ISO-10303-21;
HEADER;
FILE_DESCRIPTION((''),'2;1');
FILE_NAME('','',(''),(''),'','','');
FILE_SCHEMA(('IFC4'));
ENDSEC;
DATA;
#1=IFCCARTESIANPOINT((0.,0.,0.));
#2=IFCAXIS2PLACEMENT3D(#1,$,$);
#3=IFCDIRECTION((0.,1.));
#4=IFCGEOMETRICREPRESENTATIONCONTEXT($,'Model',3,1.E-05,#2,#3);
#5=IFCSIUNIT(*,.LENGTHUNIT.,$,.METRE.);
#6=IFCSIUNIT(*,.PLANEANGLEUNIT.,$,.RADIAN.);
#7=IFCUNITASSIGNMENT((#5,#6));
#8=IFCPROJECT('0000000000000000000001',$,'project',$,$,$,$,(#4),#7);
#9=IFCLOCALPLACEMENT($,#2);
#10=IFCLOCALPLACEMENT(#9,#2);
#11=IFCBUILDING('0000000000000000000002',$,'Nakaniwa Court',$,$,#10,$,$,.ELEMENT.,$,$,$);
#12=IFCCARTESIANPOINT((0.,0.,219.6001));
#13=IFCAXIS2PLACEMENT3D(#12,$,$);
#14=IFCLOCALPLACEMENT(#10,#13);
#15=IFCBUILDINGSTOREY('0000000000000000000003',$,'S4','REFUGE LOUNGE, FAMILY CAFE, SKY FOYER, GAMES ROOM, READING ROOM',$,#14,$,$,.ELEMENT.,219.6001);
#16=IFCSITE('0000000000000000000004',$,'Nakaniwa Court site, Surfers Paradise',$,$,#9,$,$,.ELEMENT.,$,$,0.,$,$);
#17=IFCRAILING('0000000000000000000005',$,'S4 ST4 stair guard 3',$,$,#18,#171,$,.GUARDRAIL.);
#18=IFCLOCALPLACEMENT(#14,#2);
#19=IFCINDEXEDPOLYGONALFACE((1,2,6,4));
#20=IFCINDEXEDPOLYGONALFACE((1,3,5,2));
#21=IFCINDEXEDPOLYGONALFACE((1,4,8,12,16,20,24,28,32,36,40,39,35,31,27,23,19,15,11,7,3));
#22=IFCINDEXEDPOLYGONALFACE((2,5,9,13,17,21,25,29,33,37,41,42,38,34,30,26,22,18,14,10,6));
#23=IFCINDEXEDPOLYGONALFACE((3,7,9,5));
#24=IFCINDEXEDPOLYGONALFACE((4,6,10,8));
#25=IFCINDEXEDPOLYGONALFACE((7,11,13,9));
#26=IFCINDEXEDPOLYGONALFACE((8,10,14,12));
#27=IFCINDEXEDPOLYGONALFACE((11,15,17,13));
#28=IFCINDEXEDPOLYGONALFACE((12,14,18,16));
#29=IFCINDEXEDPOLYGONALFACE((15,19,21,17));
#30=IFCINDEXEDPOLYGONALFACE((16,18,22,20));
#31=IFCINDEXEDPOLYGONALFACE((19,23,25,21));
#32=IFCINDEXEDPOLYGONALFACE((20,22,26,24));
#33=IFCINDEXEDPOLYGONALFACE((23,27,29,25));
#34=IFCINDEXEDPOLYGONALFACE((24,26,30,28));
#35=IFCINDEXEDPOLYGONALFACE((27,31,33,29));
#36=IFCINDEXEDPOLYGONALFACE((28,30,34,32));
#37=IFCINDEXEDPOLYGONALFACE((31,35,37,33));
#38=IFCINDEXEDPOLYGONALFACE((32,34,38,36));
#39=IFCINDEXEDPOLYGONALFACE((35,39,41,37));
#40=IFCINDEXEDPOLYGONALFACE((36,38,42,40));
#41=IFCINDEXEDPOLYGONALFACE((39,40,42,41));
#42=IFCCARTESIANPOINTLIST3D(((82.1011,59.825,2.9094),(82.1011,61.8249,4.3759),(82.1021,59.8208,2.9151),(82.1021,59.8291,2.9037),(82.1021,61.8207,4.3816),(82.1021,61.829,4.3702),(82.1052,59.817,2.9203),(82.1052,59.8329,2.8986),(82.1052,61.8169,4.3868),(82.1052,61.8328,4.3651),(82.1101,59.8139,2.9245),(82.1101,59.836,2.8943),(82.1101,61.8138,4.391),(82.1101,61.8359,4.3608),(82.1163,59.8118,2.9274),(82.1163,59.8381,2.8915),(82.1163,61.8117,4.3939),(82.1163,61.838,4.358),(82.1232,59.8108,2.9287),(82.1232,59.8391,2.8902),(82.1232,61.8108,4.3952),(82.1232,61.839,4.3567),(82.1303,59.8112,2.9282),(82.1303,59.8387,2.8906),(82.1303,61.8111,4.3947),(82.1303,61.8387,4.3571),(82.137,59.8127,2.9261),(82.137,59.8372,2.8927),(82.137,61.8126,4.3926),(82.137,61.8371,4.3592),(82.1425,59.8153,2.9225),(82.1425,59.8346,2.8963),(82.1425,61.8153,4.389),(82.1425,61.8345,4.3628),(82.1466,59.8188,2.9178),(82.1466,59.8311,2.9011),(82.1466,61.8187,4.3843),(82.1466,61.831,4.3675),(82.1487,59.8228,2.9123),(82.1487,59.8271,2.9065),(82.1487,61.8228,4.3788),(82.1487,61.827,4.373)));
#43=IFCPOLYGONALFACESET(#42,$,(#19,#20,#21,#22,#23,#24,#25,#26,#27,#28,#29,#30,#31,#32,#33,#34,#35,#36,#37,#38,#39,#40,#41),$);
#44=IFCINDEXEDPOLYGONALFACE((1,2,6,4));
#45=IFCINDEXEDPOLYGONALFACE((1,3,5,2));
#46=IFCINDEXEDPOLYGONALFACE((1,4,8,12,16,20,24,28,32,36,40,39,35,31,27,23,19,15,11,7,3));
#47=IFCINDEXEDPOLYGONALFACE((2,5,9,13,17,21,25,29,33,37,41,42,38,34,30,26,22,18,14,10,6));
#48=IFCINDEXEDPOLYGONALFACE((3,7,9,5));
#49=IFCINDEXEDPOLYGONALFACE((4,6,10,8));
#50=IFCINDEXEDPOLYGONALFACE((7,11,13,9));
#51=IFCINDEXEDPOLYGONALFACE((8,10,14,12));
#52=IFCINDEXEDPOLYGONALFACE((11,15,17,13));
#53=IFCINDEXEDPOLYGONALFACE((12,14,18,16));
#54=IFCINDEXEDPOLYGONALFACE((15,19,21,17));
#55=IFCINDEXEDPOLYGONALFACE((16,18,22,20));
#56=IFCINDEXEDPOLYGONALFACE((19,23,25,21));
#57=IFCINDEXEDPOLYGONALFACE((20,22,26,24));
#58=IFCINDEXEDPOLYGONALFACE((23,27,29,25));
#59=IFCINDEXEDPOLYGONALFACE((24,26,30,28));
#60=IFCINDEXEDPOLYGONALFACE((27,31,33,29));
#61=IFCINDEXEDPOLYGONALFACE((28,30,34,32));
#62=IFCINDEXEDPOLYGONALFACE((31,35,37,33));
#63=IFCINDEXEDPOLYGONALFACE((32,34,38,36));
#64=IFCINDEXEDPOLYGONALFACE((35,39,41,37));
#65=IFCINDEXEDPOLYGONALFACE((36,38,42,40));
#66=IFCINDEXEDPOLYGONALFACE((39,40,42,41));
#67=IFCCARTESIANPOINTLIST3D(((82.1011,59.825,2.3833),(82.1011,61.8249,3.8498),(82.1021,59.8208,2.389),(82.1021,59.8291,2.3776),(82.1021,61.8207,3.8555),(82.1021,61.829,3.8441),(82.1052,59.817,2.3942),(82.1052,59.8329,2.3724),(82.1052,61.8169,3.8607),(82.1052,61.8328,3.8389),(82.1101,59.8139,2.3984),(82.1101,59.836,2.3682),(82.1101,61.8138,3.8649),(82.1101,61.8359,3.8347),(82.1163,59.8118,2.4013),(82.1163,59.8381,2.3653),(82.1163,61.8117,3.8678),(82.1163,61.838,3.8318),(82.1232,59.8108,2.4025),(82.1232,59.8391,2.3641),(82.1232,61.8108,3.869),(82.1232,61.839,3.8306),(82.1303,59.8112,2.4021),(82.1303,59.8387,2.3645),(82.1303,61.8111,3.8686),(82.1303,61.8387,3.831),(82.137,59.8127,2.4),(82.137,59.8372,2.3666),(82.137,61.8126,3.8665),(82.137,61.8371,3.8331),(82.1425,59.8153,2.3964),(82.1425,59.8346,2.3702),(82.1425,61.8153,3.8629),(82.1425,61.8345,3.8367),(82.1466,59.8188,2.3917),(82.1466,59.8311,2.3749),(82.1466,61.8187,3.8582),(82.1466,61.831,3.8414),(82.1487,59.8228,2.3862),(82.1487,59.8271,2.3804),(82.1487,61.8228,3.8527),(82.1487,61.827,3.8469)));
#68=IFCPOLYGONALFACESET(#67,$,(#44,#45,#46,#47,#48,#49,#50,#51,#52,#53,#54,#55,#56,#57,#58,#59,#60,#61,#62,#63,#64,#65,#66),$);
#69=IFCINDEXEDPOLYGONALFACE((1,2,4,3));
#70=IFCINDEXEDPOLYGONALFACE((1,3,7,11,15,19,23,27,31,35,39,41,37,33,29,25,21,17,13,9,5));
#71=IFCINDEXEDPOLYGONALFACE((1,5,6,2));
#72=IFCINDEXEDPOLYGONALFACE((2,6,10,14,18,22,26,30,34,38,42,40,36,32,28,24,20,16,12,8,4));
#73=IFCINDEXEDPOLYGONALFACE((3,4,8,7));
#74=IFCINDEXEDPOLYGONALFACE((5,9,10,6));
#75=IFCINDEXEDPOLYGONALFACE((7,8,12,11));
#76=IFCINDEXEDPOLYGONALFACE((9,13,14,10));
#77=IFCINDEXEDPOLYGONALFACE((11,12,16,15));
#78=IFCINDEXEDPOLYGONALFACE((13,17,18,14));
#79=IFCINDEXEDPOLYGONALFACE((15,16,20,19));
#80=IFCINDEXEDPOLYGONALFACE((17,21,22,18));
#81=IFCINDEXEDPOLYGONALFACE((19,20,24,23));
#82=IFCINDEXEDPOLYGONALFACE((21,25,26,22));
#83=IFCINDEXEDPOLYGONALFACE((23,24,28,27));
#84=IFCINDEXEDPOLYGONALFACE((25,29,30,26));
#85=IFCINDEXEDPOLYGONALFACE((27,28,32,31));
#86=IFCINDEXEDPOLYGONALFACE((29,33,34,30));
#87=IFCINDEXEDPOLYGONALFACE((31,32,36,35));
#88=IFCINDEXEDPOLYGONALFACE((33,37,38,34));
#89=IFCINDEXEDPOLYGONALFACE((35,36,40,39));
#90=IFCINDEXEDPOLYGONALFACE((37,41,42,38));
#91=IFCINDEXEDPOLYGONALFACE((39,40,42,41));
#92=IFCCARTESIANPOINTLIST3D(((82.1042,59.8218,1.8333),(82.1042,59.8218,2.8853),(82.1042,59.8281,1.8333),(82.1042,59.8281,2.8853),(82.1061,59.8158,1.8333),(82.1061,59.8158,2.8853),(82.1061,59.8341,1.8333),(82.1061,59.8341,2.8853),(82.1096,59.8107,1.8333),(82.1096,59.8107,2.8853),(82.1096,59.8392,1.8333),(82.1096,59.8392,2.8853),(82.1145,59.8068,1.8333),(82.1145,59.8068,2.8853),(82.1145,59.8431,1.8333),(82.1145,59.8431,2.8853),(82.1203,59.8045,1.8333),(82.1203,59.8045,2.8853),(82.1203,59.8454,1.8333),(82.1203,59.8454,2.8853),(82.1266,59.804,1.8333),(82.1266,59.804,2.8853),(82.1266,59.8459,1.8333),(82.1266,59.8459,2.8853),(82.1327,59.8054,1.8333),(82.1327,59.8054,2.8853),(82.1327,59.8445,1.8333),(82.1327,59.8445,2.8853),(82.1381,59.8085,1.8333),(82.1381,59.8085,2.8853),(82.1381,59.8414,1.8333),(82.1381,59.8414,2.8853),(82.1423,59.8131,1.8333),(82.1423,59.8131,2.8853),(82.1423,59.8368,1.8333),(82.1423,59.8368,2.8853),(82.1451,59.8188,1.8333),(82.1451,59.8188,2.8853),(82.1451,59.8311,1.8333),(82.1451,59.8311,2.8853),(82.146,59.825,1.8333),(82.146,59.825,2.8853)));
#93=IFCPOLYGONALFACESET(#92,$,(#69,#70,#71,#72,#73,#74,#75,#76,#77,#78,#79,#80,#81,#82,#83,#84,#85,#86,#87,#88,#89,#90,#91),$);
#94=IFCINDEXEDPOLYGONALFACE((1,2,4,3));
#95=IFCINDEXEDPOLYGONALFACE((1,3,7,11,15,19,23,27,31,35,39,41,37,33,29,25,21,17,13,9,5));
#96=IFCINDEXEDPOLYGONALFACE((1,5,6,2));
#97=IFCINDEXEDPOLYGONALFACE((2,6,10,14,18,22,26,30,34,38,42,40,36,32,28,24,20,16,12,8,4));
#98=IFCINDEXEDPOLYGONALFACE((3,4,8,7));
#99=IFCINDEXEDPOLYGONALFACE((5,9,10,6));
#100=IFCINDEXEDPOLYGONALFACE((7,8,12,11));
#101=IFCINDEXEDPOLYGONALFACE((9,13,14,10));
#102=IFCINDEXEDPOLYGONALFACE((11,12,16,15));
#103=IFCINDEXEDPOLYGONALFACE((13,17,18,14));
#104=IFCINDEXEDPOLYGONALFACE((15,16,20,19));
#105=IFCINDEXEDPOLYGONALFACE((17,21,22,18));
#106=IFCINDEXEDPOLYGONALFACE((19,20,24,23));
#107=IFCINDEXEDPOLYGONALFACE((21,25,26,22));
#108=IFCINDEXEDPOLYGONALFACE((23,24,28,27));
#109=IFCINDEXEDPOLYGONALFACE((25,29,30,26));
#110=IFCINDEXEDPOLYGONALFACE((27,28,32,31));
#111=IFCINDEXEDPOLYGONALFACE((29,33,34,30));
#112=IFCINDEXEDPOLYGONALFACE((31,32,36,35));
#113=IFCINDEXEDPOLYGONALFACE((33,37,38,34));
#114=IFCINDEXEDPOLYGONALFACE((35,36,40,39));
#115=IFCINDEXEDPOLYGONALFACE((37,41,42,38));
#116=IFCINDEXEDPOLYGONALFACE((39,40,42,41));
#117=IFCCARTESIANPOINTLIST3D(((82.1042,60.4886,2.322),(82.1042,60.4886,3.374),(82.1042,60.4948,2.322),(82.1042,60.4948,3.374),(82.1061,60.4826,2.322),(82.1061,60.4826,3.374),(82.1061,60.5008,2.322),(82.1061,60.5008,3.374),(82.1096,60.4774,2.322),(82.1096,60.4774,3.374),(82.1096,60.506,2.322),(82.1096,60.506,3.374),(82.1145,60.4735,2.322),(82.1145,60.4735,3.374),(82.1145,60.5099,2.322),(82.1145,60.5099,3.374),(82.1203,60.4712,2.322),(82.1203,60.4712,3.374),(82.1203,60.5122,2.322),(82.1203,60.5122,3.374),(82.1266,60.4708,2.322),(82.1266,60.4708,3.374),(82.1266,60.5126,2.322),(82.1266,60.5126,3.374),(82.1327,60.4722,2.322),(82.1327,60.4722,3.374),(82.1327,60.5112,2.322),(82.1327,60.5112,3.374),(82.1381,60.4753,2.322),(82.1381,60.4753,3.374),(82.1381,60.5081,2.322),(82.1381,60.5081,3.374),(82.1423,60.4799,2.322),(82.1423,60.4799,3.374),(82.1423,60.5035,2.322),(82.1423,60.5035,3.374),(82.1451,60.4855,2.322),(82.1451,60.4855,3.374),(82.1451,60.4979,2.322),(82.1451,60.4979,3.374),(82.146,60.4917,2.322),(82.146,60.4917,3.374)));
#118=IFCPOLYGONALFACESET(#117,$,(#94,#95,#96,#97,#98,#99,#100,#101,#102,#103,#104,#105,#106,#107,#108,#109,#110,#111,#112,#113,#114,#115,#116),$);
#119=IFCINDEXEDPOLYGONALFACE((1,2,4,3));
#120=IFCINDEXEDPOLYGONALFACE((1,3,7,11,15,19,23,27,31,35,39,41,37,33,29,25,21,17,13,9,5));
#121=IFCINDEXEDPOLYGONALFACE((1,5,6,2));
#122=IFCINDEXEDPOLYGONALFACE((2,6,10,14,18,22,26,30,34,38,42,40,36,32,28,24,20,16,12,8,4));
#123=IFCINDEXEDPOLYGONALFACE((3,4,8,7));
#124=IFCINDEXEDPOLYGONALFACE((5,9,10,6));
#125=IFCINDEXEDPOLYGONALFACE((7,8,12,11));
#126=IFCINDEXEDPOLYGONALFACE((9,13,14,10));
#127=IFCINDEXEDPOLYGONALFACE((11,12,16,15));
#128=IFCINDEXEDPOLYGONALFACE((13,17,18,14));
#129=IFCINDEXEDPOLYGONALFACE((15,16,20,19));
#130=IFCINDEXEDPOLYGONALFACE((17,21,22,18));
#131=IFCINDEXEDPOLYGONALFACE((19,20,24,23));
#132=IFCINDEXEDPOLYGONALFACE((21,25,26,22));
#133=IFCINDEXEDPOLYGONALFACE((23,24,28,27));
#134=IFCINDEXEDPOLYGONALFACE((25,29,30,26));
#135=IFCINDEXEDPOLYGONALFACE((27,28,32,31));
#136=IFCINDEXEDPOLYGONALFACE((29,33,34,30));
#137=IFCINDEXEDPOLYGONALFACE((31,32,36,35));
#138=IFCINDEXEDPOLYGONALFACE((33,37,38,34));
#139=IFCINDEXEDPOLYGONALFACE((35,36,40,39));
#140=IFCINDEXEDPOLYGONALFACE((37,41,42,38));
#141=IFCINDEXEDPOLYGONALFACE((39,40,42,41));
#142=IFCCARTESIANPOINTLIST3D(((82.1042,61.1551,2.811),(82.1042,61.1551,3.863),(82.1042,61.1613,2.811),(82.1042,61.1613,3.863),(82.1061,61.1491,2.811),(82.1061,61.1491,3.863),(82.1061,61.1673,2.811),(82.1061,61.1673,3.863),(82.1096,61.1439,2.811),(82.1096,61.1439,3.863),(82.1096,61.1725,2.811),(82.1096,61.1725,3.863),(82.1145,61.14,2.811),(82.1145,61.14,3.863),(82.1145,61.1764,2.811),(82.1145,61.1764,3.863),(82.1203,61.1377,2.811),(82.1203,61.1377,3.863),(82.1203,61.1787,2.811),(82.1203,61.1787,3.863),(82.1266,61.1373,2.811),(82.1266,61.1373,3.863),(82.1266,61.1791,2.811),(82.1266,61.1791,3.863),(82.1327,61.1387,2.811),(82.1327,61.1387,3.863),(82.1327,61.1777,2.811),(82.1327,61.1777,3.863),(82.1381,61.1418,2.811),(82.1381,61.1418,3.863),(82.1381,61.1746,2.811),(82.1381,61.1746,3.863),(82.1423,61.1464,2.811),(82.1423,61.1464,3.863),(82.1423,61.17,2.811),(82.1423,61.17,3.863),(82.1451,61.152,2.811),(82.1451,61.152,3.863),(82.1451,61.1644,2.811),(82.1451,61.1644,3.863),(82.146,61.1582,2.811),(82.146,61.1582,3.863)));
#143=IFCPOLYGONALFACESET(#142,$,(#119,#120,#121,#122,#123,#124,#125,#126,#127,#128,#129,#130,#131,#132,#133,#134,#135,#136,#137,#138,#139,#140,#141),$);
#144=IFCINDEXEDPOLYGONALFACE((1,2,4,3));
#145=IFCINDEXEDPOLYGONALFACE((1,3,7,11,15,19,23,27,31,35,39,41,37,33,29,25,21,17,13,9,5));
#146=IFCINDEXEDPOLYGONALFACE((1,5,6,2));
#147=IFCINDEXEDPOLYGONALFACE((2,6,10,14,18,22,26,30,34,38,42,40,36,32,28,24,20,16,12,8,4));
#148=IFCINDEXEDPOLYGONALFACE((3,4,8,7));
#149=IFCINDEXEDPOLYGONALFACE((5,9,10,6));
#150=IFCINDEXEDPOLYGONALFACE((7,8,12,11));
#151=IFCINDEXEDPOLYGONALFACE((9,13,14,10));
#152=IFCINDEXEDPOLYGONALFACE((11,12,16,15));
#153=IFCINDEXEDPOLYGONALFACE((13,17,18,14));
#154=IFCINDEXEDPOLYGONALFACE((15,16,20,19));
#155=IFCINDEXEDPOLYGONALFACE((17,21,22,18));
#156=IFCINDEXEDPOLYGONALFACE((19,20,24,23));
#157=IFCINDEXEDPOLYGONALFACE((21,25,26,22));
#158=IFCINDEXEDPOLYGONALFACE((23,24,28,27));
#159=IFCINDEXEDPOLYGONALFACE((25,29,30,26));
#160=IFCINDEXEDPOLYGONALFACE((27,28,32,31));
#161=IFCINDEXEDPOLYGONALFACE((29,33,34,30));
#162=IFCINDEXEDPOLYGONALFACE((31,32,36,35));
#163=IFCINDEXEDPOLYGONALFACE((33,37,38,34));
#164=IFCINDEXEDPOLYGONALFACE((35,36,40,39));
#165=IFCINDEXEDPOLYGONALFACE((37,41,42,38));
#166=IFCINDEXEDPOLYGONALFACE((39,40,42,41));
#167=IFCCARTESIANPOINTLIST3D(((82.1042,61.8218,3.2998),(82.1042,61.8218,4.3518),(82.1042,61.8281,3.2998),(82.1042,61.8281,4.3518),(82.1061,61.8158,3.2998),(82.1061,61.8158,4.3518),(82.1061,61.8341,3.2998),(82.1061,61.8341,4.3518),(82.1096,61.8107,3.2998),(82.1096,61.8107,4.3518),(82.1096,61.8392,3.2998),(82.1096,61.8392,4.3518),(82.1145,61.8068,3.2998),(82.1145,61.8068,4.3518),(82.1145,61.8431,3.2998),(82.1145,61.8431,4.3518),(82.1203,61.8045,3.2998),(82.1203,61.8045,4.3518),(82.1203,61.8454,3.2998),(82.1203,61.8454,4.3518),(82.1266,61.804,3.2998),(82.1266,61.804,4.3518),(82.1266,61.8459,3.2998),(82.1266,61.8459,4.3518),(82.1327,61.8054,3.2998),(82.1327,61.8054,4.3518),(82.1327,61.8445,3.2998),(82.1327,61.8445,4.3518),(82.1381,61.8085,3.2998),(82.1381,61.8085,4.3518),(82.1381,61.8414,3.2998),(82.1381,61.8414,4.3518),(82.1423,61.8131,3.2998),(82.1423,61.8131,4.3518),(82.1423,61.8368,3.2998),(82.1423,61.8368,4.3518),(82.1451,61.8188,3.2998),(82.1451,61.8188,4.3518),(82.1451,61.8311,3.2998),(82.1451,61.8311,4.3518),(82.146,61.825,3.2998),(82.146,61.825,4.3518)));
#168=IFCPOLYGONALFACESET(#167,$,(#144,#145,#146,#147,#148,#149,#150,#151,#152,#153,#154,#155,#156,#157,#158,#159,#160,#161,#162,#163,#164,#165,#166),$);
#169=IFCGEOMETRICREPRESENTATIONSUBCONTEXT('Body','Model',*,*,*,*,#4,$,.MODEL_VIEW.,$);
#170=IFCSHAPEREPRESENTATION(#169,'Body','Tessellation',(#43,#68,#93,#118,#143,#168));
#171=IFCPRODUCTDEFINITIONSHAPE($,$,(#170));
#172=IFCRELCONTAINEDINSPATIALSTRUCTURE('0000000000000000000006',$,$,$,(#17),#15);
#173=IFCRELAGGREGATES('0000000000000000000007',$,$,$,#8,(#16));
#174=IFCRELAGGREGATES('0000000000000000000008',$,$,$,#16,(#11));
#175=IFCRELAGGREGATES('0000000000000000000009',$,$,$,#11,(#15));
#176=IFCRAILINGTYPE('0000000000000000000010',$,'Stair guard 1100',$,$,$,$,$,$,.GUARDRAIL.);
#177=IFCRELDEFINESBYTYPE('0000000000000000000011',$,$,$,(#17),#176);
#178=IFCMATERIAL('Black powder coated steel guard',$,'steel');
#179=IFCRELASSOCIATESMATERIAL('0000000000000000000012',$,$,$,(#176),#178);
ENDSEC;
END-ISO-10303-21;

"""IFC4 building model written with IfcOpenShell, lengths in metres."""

from ifc_helpers import new_model, si_unit, direction, frame, origin, origin_2d, place, context, subcontext, project, spatial, circle, extrude, material, type_object, element, save


model = new_model("IFC4")

# Units and contexts
model_context = context("Model", 3, precision=1e-05, world=origin(), true_north=direction((0.0, 1.0)))
body_context = subcontext(model_context, "Body", "Model", "MODEL_VIEW")
ifc_project = project(units=[si_unit("LENGTHUNIT", "METRE"), si_unit("PLANEANGLEUNIT", "RADIAN")], contexts=[model_context])

# Site, building, storey
site_placement = place(None, origin())
site = spatial("IfcSite", under=ifc_project, at=site_placement, Name="Nakaniwa Court site, Surfers Paradise", CompositionType="ELEMENT", RefElevation=0.0)
building_placement = place(site_placement, origin())
building = spatial("IfcBuilding", under=site, at=building_placement, Name="Nakaniwa Court", CompositionType="ELEMENT")
storey_placement = place(building_placement, frame((0.0, 0.0, 219.6001)))
storey = spatial("IfcBuildingStorey", under=building, at=storey_placement, Name="S4", Description="REFUGE LOUNGE, FAMILY CAFE, SKY FOYER, GAMES ROOM, READING ROOM", CompositionType="ELEMENT", Elevation=219.6001)

# Railing
ifc_material_1 = material(Name="Black powder coated steel guard", Category="steel")
railing_type_1 = type_object("IfcRailingType", Name="Stair guard 1100", PredefinedType="GUARDRAIL", material=ifc_material_1)
railing_1_placement = place(storey_placement, frame((82.125, 59.825, 1.8333)))
element("IfcRailing", 1, at=railing_1_placement, inside=storey, type_object=railing_type_1, Name="S4 ST4 stair guard 3", PredefinedType="GUARDRAIL", context=body_context, shape_type="SweptSolid", body=[
    extrude(circle(Radius=0.0239, at=origin_2d()), frame((0.0, 0.0, 1.0762), z_axis=(0.0, 0.806427, 0.591334), x_axis=(-1.0, 0.0, 0.0)), (0.0, 0.0, 1.0), 2.48),
    extrude(circle(Radius=0.0239, at=origin_2d()), frame((0.0, 0.0, 0.55), z_axis=(0.0, 0.806427, 0.591334), x_axis=(-1.0, 0.0, 0.0)), (0.0, 0.0, 1.0), 2.48),
    extrude(circle(Radius=0.021, at=origin_2d()), origin(), (0.0, 0.0, 1.0), 1.052),
    extrude(circle(Radius=0.021, at=origin_2d()), frame((0.0, 0.6667, 0.4888)), (0.0, 0.0, 1.0), 1.052),
    extrude(circle(Radius=0.021, at=origin_2d()), frame((0.0, 1.3333, 0.9778)), (0.0, 0.0, 1.0), 1.052),
    extrude(circle(Radius=0.021, at=origin_2d()), frame((0.0, 2.0, 1.4666)), (0.0, 0.0, 1.0), 1.052),
])

save(model, "model.ifc")
